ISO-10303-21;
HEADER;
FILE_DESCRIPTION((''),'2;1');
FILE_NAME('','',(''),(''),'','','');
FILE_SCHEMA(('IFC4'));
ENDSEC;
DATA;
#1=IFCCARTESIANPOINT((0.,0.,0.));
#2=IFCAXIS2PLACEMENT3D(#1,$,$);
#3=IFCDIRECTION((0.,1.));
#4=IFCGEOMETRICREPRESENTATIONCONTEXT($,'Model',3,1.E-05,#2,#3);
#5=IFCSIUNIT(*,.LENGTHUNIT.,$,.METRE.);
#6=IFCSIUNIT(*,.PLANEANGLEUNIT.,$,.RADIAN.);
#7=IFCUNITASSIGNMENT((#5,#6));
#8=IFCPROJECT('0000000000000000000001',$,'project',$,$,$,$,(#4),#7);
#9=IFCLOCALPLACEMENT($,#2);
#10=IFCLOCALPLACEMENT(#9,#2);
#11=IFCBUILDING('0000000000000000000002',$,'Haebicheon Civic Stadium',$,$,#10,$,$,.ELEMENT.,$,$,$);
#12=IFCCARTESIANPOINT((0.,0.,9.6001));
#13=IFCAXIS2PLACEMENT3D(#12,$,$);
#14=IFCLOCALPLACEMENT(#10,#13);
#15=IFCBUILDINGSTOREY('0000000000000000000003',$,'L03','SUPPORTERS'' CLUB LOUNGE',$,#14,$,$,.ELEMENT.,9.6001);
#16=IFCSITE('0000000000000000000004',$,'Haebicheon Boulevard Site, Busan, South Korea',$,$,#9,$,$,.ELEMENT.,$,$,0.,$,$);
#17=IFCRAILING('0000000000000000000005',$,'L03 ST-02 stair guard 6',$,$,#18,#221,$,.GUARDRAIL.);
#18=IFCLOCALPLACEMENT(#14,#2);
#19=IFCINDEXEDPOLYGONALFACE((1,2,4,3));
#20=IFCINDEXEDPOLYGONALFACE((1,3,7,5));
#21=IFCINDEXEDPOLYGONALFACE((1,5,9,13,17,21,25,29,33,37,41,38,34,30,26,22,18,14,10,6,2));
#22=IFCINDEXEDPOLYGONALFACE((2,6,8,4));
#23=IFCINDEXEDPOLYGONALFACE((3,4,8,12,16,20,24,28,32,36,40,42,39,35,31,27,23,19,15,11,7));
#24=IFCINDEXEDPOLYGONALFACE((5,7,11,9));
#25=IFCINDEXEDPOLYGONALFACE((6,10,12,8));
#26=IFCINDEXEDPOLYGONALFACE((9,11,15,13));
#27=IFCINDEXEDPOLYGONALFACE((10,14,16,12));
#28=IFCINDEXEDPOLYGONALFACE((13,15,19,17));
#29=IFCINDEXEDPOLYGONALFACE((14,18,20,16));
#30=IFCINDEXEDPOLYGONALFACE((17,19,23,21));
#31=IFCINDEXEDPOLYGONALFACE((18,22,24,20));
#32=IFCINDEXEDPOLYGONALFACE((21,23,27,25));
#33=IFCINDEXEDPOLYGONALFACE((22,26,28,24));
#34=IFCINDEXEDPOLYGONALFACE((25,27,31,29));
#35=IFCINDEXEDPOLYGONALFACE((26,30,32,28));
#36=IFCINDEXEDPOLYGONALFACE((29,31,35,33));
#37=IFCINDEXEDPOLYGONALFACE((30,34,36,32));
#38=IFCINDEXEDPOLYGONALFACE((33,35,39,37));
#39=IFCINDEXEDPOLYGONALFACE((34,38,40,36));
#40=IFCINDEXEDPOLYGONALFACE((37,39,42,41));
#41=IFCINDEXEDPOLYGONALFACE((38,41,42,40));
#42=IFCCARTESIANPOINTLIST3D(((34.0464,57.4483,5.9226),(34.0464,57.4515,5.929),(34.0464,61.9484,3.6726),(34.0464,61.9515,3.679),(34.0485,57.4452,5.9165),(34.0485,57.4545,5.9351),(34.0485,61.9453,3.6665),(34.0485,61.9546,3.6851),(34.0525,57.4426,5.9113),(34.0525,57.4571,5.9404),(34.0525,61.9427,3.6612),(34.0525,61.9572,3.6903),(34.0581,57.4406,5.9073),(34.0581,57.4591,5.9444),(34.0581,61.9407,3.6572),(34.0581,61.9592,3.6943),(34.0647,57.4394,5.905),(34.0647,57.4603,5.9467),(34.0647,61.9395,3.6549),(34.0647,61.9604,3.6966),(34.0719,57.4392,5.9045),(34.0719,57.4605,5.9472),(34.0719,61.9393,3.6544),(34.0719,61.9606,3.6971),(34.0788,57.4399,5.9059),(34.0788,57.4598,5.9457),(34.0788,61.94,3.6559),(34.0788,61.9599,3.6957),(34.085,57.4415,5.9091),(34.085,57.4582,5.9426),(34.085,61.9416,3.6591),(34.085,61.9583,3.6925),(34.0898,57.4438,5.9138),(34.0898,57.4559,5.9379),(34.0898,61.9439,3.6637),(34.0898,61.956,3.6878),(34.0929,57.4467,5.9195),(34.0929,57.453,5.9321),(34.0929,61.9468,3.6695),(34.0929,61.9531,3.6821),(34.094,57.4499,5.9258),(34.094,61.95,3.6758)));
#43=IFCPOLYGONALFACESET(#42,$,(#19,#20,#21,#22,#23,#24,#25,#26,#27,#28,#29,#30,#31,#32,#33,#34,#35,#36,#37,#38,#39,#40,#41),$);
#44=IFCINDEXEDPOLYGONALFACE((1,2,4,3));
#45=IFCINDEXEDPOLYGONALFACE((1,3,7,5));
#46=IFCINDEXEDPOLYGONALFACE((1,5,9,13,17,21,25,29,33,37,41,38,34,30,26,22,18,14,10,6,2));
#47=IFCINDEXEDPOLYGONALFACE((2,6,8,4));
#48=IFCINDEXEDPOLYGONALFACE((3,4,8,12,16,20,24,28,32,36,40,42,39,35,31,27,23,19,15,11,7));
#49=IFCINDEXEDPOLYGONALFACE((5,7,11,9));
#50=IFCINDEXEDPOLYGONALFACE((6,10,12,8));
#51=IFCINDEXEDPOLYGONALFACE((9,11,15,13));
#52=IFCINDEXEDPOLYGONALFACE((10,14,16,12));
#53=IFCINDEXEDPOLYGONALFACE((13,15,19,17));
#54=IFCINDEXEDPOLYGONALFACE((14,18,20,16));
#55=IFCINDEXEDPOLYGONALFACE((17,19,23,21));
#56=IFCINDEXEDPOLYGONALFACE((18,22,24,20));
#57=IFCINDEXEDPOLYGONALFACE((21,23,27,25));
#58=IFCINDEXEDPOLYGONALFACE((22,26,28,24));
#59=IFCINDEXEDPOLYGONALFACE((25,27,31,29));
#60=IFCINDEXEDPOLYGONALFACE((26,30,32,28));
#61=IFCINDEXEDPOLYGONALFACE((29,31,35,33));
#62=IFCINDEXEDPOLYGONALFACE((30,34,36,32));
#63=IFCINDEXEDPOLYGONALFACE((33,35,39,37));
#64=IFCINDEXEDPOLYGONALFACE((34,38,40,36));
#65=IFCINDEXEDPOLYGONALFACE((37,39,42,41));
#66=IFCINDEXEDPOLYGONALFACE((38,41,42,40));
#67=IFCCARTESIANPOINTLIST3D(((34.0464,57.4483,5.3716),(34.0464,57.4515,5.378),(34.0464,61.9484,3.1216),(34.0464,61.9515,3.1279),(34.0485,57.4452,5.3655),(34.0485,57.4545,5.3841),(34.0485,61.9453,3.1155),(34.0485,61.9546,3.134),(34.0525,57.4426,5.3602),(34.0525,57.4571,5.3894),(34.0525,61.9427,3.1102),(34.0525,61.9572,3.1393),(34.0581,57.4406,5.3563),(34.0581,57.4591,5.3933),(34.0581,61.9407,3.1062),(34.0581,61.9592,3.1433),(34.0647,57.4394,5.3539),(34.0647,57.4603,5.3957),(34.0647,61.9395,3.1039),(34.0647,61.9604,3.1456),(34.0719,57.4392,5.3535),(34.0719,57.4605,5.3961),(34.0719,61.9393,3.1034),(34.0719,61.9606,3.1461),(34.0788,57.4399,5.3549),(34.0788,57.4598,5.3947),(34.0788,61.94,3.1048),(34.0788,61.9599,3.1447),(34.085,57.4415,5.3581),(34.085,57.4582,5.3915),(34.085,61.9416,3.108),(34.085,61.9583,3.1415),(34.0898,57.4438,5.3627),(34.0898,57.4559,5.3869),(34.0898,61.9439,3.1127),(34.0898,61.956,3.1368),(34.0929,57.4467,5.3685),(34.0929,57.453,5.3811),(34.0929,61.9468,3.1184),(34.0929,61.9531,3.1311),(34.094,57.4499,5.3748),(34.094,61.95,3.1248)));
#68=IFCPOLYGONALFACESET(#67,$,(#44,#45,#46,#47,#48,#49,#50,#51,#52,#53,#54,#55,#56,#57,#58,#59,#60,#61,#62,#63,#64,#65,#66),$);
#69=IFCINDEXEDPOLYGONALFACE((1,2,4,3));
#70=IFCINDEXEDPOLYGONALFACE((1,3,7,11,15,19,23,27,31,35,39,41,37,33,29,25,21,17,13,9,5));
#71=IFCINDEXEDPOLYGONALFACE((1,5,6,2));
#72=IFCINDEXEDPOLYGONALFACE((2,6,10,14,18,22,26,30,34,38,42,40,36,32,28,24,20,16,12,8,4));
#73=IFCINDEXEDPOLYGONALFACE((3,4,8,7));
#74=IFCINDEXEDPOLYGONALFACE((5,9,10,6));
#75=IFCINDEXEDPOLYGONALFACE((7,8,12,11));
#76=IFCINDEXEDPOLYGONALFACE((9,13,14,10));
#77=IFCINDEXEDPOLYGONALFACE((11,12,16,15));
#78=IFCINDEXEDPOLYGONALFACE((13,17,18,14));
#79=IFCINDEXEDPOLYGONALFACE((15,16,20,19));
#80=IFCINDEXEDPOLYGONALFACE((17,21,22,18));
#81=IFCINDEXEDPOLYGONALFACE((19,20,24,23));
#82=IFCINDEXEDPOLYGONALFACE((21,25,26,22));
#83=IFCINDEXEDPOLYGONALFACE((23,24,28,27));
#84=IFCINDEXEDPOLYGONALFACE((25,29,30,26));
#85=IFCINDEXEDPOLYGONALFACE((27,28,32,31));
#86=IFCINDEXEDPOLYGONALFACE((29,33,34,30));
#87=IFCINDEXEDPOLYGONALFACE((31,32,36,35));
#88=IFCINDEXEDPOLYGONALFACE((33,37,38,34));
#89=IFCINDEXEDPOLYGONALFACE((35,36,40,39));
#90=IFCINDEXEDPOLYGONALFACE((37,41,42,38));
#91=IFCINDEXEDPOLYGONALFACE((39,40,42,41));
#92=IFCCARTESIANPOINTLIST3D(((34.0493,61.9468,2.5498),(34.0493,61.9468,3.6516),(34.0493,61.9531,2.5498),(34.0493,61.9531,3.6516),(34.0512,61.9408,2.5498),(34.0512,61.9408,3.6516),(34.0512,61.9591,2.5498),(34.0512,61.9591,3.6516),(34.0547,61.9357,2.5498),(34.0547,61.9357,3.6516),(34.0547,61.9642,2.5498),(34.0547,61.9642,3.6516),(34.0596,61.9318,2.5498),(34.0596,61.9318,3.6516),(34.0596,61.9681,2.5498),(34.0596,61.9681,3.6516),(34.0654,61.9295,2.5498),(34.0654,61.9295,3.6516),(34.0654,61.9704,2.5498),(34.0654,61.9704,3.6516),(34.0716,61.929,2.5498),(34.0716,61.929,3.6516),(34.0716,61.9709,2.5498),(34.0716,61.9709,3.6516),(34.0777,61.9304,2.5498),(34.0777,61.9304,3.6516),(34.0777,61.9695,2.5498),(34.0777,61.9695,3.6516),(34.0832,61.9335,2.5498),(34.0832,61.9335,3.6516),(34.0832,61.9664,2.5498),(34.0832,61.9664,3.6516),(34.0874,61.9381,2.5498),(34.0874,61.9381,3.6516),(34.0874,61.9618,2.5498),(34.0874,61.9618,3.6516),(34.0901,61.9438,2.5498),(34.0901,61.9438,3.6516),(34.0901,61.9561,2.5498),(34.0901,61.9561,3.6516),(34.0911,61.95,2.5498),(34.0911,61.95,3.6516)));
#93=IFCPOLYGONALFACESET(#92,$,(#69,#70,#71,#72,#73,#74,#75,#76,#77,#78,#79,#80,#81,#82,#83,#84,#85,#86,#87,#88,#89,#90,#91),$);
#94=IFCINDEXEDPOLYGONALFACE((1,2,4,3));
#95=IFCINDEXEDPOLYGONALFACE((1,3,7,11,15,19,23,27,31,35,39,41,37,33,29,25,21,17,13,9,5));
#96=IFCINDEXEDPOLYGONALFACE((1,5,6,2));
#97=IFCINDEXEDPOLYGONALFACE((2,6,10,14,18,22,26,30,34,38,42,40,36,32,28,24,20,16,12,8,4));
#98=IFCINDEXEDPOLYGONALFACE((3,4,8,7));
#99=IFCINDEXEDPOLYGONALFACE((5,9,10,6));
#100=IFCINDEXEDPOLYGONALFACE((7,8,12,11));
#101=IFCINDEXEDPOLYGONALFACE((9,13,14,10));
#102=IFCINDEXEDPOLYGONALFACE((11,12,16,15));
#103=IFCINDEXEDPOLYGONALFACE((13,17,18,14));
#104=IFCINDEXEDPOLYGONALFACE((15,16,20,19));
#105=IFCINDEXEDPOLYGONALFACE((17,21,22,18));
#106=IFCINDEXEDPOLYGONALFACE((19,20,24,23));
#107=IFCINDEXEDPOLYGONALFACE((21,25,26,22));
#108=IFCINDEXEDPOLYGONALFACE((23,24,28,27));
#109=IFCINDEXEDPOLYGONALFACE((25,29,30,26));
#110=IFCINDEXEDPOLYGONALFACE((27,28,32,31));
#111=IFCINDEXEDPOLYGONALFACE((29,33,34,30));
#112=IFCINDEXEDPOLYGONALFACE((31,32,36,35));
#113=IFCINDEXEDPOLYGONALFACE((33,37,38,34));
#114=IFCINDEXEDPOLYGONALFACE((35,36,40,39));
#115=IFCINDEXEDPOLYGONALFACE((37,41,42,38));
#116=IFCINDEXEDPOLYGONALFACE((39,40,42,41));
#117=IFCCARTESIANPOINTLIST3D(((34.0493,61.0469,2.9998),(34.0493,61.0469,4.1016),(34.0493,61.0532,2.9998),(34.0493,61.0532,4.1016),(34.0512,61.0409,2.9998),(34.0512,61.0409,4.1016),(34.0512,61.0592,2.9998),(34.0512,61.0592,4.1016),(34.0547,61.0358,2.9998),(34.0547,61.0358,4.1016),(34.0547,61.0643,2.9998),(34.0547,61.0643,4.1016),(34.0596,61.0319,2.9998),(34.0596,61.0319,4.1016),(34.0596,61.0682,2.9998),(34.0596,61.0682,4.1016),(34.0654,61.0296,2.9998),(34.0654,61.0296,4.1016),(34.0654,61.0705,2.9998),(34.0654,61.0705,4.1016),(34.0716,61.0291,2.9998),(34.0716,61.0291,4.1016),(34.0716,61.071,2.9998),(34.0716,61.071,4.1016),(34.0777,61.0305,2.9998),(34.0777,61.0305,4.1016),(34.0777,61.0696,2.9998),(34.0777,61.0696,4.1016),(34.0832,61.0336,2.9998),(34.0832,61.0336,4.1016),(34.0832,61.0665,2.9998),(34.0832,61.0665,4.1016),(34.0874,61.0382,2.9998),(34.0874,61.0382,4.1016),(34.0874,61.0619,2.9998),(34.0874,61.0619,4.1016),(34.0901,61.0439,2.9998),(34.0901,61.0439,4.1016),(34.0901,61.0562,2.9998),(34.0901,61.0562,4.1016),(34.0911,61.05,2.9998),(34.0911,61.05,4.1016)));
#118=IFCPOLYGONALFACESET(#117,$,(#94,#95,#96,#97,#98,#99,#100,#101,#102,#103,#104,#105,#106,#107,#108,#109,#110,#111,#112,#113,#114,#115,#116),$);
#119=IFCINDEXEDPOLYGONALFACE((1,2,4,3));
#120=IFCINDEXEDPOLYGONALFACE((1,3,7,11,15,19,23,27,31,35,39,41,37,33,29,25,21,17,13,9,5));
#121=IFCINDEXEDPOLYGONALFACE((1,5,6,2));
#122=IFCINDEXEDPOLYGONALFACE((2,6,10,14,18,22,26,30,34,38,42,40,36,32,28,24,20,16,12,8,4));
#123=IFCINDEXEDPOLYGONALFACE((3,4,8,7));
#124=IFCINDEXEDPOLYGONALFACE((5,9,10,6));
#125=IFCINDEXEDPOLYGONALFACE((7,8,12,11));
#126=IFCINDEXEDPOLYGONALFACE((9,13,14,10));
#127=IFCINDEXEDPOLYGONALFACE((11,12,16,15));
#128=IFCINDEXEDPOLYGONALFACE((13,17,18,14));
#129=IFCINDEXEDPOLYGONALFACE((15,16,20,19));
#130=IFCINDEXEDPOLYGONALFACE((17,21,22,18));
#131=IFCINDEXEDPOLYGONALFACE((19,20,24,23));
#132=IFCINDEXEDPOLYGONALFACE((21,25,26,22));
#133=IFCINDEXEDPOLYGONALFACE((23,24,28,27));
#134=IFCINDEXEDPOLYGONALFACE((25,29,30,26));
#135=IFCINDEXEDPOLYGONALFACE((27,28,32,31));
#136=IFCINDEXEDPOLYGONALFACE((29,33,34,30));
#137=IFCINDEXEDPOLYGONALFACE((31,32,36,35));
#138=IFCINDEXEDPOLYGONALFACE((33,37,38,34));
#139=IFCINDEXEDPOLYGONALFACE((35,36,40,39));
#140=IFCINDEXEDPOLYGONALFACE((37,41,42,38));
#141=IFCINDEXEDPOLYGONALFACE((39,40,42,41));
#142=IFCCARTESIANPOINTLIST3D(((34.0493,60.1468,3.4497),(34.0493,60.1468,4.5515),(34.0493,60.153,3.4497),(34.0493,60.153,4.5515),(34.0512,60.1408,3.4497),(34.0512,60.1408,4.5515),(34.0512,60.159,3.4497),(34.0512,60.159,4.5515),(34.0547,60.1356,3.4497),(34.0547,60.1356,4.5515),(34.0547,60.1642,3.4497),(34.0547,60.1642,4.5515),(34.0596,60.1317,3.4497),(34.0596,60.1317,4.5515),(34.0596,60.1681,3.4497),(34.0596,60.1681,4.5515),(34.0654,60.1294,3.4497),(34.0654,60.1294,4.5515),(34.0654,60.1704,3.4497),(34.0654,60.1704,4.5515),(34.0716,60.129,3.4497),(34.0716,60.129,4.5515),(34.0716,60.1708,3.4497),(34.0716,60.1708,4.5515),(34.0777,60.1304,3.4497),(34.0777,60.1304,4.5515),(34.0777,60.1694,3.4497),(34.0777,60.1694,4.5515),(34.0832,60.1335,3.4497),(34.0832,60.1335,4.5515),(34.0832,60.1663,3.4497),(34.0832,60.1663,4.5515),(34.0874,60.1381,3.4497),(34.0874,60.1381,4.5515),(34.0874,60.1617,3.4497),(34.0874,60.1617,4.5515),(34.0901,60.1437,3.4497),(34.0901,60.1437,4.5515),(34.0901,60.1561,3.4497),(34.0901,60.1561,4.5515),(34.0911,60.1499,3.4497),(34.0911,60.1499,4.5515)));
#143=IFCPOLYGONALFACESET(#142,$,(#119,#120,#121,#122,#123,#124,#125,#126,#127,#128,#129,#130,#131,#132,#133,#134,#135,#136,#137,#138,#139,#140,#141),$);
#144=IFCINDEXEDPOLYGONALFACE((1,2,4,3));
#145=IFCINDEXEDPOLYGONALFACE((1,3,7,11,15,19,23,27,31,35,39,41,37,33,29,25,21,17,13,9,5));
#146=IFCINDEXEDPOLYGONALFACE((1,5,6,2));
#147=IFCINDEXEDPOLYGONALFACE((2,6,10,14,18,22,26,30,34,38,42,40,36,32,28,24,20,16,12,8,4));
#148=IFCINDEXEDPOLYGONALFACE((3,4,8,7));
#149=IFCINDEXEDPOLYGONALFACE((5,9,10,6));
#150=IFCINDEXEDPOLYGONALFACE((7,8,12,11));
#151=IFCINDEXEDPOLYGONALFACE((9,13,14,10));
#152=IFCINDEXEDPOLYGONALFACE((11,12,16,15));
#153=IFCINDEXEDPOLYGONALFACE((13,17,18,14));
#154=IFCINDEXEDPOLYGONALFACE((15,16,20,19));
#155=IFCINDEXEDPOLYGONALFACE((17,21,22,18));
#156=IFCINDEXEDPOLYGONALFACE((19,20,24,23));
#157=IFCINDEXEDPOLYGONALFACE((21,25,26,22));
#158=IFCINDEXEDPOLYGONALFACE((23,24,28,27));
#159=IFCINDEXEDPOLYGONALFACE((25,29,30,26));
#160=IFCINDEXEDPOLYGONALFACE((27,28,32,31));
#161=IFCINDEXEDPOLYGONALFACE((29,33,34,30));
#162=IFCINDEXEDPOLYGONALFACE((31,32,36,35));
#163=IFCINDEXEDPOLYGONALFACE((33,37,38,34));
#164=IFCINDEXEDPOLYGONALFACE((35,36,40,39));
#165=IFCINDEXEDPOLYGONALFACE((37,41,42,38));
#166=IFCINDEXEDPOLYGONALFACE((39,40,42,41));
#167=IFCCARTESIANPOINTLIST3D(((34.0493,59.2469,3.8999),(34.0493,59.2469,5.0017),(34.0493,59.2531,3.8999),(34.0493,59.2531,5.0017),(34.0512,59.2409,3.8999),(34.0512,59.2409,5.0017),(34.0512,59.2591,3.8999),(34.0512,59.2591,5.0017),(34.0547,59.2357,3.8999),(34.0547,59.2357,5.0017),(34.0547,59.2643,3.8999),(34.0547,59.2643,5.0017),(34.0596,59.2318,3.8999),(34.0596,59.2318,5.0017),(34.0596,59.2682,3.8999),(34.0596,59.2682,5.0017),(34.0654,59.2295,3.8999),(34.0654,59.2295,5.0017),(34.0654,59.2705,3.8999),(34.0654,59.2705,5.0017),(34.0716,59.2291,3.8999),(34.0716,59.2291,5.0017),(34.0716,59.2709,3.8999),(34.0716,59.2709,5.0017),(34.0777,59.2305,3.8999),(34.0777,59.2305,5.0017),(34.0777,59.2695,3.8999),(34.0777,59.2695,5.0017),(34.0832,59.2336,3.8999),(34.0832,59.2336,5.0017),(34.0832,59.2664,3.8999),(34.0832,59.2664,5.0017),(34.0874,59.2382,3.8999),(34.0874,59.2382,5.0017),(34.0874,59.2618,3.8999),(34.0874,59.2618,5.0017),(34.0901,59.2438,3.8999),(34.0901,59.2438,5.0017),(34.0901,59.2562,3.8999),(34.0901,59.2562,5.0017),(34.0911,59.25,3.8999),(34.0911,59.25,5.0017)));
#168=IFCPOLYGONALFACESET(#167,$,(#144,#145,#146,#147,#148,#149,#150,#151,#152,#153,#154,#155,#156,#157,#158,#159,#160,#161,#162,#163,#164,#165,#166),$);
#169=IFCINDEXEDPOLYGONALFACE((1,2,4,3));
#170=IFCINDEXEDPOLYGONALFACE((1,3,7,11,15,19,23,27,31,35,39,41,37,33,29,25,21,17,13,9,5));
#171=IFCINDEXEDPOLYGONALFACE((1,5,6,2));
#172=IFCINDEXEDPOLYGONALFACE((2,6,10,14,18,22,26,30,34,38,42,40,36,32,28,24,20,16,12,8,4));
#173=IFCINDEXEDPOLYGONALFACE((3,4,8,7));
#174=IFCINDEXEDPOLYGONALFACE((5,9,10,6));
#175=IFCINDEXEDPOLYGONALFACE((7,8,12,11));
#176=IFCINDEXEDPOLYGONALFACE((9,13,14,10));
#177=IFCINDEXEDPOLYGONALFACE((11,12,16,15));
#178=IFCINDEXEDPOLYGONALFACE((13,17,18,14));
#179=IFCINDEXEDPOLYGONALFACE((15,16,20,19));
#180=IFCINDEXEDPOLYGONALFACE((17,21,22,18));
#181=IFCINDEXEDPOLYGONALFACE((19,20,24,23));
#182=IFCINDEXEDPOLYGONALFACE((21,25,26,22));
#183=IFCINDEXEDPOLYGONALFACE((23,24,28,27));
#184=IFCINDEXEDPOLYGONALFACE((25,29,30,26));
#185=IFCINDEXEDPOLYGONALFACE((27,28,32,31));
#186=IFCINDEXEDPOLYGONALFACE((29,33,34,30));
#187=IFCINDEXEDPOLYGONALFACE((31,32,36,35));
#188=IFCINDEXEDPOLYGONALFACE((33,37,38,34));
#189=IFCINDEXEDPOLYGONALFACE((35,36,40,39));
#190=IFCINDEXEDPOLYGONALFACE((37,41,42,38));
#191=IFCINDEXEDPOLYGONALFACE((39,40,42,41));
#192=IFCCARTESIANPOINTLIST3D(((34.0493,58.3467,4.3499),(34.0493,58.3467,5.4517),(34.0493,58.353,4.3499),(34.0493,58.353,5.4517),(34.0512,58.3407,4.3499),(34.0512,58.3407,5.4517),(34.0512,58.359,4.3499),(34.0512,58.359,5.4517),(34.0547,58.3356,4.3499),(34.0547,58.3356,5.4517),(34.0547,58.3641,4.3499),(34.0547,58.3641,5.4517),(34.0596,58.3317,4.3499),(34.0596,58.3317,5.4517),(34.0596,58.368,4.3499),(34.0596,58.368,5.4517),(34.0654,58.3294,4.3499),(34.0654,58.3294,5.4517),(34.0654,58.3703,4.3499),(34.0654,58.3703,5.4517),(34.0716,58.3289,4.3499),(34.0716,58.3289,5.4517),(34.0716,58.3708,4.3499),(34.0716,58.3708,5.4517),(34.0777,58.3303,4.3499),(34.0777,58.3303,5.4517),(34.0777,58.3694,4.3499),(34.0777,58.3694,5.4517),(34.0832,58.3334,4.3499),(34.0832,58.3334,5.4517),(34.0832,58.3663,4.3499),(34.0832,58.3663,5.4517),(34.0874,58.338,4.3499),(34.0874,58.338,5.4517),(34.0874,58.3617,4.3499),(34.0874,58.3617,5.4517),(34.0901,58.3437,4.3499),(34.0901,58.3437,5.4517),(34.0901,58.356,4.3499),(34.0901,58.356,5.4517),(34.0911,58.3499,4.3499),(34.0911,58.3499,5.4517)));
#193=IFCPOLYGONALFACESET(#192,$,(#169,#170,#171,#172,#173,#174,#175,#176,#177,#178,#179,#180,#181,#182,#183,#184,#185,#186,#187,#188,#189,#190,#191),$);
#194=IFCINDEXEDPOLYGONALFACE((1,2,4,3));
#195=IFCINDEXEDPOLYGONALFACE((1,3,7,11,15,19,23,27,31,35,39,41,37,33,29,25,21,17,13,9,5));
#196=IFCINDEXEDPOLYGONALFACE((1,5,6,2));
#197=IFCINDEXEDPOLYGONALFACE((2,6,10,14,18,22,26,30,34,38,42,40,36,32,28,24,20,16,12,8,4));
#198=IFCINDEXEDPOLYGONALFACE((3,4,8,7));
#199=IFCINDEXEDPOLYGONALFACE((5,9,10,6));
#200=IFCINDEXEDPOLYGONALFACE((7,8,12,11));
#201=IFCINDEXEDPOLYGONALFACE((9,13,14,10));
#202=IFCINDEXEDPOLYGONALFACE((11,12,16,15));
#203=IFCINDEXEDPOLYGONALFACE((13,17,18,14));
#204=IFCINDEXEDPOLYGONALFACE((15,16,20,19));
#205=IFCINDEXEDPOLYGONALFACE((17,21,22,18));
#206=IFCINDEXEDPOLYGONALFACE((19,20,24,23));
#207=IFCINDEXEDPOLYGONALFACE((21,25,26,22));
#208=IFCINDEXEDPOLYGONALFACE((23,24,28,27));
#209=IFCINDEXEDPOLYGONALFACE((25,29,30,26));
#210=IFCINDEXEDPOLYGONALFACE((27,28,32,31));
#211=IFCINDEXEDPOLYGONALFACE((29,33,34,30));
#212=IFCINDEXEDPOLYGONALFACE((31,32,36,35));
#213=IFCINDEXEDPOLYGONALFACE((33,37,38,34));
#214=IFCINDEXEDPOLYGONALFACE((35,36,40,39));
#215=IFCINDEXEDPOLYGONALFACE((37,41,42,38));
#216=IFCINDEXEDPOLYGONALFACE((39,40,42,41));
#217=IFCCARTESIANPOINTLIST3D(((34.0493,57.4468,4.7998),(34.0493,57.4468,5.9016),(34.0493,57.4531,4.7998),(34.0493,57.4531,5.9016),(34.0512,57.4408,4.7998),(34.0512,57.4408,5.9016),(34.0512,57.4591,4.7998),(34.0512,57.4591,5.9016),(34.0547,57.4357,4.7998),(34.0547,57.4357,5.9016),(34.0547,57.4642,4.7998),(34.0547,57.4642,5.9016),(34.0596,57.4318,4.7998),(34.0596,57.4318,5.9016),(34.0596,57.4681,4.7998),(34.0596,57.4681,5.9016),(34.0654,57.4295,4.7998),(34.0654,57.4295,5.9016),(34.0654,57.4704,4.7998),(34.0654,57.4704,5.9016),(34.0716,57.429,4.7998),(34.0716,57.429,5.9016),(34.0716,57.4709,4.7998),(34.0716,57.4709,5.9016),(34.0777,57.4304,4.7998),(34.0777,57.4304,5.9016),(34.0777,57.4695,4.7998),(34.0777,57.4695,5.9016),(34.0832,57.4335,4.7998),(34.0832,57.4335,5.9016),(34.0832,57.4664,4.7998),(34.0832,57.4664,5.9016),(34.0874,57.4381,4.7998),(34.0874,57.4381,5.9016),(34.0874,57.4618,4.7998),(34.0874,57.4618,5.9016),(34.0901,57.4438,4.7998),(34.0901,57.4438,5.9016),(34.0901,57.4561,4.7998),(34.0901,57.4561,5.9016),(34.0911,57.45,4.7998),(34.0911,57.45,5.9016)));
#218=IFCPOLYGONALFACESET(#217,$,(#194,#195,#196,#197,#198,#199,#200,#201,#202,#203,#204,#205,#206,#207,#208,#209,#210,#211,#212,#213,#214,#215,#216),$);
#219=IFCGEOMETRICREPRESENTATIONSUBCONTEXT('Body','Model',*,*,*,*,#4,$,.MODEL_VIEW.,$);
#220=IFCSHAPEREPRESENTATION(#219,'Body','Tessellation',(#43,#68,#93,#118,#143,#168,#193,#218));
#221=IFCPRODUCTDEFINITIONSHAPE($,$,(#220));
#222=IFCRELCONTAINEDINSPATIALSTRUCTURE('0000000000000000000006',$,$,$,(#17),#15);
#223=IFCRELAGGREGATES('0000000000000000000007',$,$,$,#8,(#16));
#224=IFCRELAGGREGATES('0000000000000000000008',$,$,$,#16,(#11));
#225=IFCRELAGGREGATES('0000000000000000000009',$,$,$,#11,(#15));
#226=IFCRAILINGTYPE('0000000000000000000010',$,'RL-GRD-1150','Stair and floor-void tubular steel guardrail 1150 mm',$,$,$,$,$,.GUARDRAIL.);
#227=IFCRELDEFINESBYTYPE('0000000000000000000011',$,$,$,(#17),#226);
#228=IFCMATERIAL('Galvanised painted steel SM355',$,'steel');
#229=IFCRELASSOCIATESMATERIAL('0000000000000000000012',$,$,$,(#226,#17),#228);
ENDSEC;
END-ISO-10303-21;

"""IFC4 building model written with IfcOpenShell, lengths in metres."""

from ifc_helpers import new_model, si_unit, direction, frame, origin, origin_2d, place, context, subcontext, project, spatial, circle, extrude, material, type_object, element, save


model = new_model("IFC4")

# Units and contexts
model_context = context("Model", 3, precision=1e-05, world=origin(), true_north=direction((0.0, 1.0)))
body_context = subcontext(model_context, "Body", "Model", "MODEL_VIEW")
ifc_project = project(units=[si_unit("LENGTHUNIT", "METRE"), si_unit("PLANEANGLEUNIT", "RADIAN")], contexts=[model_context])

# Site, building, storey
site_placement = place(None, origin())
site = spatial("IfcSite", under=ifc_project, at=site_placement, Name="Haebicheon Boulevard Site, Busan, South Korea", CompositionType="ELEMENT", RefElevation=0.0)
building_placement = place(site_placement, origin())
building = spatial("IfcBuilding", under=site, at=building_placement, Name="Haebicheon Civic Stadium", CompositionType="ELEMENT")
storey_placement = place(building_placement, frame((0.0, 0.0, 9.6001)))
storey = spatial("IfcBuildingStorey", under=building, at=storey_placement, Name="L03", Description="SUPPORTERS' CLUB LOUNGE", CompositionType="ELEMENT", Elevation=9.6001)

# Railing
ifc_material_1 = material(Name="Galvanised painted steel SM355", Category="steel")
railing_type = type_object("IfcRailingType", Name="RL-GRD-1150", Description="Stair and floor-void tubular steel guardrail 1150 mm", PredefinedType="GUARDRAIL", material=ifc_material_1)
railing_1_placement = place(storey_placement, frame((34.0701, 61.95, 2.5498)))
element("IfcRailing", 1, at=railing_1_placement, inside=storey, type_object=railing_type, material=ifc_material_1, Name="L03 ST-02 stair guard 6", PredefinedType="GUARDRAIL", context=body_context, shape_type="SweptSolid", body=[
    extrude(circle(Radius=0.0239, at=origin_2d()), frame((0.0, 0.0, 1.126), z_axis=(0.0, -0.894427, 0.447214), x_axis=(1.0, 0.0, 0.0)), (0.0, 0.0, 1.0), 5.0312),
    extrude(circle(Radius=0.0239, at=origin_2d()), frame((0.0, 0.0, 0.575), z_axis=(0.0, -0.894427, 0.447214), x_axis=(1.0, 0.0, 0.0)), (0.0, 0.0, 1.0), 5.0312),
    extrude(circle(Radius=0.021, at=origin_2d()), origin(), (0.0, 0.0, 1.0), 1.1018),
    extrude(circle(Radius=0.021, at=origin_2d()), frame((0.0, -0.8999, 0.45)), (0.0, 0.0, 1.0), 1.1018),
    extrude(circle(Radius=0.021, at=origin_2d()), frame((0.0, -1.8, 0.8999)), (0.0, 0.0, 1.0), 1.1018),
    extrude(circle(Radius=0.021, at=origin_2d()), frame((0.0, -2.7, 1.3501)), (0.0, 0.0, 1.0), 1.1018),
    extrude(circle(Radius=0.021, at=origin_2d()), frame((0.0, -3.6001, 1.8)), (0.0, 0.0, 1.0), 1.1018),
    extrude(circle(Radius=0.021, at=origin_2d()), frame((0.0, -4.5, 2.25)), (0.0, 0.0, 1.0), 1.1018),
])

save(model, "model.ifc")
